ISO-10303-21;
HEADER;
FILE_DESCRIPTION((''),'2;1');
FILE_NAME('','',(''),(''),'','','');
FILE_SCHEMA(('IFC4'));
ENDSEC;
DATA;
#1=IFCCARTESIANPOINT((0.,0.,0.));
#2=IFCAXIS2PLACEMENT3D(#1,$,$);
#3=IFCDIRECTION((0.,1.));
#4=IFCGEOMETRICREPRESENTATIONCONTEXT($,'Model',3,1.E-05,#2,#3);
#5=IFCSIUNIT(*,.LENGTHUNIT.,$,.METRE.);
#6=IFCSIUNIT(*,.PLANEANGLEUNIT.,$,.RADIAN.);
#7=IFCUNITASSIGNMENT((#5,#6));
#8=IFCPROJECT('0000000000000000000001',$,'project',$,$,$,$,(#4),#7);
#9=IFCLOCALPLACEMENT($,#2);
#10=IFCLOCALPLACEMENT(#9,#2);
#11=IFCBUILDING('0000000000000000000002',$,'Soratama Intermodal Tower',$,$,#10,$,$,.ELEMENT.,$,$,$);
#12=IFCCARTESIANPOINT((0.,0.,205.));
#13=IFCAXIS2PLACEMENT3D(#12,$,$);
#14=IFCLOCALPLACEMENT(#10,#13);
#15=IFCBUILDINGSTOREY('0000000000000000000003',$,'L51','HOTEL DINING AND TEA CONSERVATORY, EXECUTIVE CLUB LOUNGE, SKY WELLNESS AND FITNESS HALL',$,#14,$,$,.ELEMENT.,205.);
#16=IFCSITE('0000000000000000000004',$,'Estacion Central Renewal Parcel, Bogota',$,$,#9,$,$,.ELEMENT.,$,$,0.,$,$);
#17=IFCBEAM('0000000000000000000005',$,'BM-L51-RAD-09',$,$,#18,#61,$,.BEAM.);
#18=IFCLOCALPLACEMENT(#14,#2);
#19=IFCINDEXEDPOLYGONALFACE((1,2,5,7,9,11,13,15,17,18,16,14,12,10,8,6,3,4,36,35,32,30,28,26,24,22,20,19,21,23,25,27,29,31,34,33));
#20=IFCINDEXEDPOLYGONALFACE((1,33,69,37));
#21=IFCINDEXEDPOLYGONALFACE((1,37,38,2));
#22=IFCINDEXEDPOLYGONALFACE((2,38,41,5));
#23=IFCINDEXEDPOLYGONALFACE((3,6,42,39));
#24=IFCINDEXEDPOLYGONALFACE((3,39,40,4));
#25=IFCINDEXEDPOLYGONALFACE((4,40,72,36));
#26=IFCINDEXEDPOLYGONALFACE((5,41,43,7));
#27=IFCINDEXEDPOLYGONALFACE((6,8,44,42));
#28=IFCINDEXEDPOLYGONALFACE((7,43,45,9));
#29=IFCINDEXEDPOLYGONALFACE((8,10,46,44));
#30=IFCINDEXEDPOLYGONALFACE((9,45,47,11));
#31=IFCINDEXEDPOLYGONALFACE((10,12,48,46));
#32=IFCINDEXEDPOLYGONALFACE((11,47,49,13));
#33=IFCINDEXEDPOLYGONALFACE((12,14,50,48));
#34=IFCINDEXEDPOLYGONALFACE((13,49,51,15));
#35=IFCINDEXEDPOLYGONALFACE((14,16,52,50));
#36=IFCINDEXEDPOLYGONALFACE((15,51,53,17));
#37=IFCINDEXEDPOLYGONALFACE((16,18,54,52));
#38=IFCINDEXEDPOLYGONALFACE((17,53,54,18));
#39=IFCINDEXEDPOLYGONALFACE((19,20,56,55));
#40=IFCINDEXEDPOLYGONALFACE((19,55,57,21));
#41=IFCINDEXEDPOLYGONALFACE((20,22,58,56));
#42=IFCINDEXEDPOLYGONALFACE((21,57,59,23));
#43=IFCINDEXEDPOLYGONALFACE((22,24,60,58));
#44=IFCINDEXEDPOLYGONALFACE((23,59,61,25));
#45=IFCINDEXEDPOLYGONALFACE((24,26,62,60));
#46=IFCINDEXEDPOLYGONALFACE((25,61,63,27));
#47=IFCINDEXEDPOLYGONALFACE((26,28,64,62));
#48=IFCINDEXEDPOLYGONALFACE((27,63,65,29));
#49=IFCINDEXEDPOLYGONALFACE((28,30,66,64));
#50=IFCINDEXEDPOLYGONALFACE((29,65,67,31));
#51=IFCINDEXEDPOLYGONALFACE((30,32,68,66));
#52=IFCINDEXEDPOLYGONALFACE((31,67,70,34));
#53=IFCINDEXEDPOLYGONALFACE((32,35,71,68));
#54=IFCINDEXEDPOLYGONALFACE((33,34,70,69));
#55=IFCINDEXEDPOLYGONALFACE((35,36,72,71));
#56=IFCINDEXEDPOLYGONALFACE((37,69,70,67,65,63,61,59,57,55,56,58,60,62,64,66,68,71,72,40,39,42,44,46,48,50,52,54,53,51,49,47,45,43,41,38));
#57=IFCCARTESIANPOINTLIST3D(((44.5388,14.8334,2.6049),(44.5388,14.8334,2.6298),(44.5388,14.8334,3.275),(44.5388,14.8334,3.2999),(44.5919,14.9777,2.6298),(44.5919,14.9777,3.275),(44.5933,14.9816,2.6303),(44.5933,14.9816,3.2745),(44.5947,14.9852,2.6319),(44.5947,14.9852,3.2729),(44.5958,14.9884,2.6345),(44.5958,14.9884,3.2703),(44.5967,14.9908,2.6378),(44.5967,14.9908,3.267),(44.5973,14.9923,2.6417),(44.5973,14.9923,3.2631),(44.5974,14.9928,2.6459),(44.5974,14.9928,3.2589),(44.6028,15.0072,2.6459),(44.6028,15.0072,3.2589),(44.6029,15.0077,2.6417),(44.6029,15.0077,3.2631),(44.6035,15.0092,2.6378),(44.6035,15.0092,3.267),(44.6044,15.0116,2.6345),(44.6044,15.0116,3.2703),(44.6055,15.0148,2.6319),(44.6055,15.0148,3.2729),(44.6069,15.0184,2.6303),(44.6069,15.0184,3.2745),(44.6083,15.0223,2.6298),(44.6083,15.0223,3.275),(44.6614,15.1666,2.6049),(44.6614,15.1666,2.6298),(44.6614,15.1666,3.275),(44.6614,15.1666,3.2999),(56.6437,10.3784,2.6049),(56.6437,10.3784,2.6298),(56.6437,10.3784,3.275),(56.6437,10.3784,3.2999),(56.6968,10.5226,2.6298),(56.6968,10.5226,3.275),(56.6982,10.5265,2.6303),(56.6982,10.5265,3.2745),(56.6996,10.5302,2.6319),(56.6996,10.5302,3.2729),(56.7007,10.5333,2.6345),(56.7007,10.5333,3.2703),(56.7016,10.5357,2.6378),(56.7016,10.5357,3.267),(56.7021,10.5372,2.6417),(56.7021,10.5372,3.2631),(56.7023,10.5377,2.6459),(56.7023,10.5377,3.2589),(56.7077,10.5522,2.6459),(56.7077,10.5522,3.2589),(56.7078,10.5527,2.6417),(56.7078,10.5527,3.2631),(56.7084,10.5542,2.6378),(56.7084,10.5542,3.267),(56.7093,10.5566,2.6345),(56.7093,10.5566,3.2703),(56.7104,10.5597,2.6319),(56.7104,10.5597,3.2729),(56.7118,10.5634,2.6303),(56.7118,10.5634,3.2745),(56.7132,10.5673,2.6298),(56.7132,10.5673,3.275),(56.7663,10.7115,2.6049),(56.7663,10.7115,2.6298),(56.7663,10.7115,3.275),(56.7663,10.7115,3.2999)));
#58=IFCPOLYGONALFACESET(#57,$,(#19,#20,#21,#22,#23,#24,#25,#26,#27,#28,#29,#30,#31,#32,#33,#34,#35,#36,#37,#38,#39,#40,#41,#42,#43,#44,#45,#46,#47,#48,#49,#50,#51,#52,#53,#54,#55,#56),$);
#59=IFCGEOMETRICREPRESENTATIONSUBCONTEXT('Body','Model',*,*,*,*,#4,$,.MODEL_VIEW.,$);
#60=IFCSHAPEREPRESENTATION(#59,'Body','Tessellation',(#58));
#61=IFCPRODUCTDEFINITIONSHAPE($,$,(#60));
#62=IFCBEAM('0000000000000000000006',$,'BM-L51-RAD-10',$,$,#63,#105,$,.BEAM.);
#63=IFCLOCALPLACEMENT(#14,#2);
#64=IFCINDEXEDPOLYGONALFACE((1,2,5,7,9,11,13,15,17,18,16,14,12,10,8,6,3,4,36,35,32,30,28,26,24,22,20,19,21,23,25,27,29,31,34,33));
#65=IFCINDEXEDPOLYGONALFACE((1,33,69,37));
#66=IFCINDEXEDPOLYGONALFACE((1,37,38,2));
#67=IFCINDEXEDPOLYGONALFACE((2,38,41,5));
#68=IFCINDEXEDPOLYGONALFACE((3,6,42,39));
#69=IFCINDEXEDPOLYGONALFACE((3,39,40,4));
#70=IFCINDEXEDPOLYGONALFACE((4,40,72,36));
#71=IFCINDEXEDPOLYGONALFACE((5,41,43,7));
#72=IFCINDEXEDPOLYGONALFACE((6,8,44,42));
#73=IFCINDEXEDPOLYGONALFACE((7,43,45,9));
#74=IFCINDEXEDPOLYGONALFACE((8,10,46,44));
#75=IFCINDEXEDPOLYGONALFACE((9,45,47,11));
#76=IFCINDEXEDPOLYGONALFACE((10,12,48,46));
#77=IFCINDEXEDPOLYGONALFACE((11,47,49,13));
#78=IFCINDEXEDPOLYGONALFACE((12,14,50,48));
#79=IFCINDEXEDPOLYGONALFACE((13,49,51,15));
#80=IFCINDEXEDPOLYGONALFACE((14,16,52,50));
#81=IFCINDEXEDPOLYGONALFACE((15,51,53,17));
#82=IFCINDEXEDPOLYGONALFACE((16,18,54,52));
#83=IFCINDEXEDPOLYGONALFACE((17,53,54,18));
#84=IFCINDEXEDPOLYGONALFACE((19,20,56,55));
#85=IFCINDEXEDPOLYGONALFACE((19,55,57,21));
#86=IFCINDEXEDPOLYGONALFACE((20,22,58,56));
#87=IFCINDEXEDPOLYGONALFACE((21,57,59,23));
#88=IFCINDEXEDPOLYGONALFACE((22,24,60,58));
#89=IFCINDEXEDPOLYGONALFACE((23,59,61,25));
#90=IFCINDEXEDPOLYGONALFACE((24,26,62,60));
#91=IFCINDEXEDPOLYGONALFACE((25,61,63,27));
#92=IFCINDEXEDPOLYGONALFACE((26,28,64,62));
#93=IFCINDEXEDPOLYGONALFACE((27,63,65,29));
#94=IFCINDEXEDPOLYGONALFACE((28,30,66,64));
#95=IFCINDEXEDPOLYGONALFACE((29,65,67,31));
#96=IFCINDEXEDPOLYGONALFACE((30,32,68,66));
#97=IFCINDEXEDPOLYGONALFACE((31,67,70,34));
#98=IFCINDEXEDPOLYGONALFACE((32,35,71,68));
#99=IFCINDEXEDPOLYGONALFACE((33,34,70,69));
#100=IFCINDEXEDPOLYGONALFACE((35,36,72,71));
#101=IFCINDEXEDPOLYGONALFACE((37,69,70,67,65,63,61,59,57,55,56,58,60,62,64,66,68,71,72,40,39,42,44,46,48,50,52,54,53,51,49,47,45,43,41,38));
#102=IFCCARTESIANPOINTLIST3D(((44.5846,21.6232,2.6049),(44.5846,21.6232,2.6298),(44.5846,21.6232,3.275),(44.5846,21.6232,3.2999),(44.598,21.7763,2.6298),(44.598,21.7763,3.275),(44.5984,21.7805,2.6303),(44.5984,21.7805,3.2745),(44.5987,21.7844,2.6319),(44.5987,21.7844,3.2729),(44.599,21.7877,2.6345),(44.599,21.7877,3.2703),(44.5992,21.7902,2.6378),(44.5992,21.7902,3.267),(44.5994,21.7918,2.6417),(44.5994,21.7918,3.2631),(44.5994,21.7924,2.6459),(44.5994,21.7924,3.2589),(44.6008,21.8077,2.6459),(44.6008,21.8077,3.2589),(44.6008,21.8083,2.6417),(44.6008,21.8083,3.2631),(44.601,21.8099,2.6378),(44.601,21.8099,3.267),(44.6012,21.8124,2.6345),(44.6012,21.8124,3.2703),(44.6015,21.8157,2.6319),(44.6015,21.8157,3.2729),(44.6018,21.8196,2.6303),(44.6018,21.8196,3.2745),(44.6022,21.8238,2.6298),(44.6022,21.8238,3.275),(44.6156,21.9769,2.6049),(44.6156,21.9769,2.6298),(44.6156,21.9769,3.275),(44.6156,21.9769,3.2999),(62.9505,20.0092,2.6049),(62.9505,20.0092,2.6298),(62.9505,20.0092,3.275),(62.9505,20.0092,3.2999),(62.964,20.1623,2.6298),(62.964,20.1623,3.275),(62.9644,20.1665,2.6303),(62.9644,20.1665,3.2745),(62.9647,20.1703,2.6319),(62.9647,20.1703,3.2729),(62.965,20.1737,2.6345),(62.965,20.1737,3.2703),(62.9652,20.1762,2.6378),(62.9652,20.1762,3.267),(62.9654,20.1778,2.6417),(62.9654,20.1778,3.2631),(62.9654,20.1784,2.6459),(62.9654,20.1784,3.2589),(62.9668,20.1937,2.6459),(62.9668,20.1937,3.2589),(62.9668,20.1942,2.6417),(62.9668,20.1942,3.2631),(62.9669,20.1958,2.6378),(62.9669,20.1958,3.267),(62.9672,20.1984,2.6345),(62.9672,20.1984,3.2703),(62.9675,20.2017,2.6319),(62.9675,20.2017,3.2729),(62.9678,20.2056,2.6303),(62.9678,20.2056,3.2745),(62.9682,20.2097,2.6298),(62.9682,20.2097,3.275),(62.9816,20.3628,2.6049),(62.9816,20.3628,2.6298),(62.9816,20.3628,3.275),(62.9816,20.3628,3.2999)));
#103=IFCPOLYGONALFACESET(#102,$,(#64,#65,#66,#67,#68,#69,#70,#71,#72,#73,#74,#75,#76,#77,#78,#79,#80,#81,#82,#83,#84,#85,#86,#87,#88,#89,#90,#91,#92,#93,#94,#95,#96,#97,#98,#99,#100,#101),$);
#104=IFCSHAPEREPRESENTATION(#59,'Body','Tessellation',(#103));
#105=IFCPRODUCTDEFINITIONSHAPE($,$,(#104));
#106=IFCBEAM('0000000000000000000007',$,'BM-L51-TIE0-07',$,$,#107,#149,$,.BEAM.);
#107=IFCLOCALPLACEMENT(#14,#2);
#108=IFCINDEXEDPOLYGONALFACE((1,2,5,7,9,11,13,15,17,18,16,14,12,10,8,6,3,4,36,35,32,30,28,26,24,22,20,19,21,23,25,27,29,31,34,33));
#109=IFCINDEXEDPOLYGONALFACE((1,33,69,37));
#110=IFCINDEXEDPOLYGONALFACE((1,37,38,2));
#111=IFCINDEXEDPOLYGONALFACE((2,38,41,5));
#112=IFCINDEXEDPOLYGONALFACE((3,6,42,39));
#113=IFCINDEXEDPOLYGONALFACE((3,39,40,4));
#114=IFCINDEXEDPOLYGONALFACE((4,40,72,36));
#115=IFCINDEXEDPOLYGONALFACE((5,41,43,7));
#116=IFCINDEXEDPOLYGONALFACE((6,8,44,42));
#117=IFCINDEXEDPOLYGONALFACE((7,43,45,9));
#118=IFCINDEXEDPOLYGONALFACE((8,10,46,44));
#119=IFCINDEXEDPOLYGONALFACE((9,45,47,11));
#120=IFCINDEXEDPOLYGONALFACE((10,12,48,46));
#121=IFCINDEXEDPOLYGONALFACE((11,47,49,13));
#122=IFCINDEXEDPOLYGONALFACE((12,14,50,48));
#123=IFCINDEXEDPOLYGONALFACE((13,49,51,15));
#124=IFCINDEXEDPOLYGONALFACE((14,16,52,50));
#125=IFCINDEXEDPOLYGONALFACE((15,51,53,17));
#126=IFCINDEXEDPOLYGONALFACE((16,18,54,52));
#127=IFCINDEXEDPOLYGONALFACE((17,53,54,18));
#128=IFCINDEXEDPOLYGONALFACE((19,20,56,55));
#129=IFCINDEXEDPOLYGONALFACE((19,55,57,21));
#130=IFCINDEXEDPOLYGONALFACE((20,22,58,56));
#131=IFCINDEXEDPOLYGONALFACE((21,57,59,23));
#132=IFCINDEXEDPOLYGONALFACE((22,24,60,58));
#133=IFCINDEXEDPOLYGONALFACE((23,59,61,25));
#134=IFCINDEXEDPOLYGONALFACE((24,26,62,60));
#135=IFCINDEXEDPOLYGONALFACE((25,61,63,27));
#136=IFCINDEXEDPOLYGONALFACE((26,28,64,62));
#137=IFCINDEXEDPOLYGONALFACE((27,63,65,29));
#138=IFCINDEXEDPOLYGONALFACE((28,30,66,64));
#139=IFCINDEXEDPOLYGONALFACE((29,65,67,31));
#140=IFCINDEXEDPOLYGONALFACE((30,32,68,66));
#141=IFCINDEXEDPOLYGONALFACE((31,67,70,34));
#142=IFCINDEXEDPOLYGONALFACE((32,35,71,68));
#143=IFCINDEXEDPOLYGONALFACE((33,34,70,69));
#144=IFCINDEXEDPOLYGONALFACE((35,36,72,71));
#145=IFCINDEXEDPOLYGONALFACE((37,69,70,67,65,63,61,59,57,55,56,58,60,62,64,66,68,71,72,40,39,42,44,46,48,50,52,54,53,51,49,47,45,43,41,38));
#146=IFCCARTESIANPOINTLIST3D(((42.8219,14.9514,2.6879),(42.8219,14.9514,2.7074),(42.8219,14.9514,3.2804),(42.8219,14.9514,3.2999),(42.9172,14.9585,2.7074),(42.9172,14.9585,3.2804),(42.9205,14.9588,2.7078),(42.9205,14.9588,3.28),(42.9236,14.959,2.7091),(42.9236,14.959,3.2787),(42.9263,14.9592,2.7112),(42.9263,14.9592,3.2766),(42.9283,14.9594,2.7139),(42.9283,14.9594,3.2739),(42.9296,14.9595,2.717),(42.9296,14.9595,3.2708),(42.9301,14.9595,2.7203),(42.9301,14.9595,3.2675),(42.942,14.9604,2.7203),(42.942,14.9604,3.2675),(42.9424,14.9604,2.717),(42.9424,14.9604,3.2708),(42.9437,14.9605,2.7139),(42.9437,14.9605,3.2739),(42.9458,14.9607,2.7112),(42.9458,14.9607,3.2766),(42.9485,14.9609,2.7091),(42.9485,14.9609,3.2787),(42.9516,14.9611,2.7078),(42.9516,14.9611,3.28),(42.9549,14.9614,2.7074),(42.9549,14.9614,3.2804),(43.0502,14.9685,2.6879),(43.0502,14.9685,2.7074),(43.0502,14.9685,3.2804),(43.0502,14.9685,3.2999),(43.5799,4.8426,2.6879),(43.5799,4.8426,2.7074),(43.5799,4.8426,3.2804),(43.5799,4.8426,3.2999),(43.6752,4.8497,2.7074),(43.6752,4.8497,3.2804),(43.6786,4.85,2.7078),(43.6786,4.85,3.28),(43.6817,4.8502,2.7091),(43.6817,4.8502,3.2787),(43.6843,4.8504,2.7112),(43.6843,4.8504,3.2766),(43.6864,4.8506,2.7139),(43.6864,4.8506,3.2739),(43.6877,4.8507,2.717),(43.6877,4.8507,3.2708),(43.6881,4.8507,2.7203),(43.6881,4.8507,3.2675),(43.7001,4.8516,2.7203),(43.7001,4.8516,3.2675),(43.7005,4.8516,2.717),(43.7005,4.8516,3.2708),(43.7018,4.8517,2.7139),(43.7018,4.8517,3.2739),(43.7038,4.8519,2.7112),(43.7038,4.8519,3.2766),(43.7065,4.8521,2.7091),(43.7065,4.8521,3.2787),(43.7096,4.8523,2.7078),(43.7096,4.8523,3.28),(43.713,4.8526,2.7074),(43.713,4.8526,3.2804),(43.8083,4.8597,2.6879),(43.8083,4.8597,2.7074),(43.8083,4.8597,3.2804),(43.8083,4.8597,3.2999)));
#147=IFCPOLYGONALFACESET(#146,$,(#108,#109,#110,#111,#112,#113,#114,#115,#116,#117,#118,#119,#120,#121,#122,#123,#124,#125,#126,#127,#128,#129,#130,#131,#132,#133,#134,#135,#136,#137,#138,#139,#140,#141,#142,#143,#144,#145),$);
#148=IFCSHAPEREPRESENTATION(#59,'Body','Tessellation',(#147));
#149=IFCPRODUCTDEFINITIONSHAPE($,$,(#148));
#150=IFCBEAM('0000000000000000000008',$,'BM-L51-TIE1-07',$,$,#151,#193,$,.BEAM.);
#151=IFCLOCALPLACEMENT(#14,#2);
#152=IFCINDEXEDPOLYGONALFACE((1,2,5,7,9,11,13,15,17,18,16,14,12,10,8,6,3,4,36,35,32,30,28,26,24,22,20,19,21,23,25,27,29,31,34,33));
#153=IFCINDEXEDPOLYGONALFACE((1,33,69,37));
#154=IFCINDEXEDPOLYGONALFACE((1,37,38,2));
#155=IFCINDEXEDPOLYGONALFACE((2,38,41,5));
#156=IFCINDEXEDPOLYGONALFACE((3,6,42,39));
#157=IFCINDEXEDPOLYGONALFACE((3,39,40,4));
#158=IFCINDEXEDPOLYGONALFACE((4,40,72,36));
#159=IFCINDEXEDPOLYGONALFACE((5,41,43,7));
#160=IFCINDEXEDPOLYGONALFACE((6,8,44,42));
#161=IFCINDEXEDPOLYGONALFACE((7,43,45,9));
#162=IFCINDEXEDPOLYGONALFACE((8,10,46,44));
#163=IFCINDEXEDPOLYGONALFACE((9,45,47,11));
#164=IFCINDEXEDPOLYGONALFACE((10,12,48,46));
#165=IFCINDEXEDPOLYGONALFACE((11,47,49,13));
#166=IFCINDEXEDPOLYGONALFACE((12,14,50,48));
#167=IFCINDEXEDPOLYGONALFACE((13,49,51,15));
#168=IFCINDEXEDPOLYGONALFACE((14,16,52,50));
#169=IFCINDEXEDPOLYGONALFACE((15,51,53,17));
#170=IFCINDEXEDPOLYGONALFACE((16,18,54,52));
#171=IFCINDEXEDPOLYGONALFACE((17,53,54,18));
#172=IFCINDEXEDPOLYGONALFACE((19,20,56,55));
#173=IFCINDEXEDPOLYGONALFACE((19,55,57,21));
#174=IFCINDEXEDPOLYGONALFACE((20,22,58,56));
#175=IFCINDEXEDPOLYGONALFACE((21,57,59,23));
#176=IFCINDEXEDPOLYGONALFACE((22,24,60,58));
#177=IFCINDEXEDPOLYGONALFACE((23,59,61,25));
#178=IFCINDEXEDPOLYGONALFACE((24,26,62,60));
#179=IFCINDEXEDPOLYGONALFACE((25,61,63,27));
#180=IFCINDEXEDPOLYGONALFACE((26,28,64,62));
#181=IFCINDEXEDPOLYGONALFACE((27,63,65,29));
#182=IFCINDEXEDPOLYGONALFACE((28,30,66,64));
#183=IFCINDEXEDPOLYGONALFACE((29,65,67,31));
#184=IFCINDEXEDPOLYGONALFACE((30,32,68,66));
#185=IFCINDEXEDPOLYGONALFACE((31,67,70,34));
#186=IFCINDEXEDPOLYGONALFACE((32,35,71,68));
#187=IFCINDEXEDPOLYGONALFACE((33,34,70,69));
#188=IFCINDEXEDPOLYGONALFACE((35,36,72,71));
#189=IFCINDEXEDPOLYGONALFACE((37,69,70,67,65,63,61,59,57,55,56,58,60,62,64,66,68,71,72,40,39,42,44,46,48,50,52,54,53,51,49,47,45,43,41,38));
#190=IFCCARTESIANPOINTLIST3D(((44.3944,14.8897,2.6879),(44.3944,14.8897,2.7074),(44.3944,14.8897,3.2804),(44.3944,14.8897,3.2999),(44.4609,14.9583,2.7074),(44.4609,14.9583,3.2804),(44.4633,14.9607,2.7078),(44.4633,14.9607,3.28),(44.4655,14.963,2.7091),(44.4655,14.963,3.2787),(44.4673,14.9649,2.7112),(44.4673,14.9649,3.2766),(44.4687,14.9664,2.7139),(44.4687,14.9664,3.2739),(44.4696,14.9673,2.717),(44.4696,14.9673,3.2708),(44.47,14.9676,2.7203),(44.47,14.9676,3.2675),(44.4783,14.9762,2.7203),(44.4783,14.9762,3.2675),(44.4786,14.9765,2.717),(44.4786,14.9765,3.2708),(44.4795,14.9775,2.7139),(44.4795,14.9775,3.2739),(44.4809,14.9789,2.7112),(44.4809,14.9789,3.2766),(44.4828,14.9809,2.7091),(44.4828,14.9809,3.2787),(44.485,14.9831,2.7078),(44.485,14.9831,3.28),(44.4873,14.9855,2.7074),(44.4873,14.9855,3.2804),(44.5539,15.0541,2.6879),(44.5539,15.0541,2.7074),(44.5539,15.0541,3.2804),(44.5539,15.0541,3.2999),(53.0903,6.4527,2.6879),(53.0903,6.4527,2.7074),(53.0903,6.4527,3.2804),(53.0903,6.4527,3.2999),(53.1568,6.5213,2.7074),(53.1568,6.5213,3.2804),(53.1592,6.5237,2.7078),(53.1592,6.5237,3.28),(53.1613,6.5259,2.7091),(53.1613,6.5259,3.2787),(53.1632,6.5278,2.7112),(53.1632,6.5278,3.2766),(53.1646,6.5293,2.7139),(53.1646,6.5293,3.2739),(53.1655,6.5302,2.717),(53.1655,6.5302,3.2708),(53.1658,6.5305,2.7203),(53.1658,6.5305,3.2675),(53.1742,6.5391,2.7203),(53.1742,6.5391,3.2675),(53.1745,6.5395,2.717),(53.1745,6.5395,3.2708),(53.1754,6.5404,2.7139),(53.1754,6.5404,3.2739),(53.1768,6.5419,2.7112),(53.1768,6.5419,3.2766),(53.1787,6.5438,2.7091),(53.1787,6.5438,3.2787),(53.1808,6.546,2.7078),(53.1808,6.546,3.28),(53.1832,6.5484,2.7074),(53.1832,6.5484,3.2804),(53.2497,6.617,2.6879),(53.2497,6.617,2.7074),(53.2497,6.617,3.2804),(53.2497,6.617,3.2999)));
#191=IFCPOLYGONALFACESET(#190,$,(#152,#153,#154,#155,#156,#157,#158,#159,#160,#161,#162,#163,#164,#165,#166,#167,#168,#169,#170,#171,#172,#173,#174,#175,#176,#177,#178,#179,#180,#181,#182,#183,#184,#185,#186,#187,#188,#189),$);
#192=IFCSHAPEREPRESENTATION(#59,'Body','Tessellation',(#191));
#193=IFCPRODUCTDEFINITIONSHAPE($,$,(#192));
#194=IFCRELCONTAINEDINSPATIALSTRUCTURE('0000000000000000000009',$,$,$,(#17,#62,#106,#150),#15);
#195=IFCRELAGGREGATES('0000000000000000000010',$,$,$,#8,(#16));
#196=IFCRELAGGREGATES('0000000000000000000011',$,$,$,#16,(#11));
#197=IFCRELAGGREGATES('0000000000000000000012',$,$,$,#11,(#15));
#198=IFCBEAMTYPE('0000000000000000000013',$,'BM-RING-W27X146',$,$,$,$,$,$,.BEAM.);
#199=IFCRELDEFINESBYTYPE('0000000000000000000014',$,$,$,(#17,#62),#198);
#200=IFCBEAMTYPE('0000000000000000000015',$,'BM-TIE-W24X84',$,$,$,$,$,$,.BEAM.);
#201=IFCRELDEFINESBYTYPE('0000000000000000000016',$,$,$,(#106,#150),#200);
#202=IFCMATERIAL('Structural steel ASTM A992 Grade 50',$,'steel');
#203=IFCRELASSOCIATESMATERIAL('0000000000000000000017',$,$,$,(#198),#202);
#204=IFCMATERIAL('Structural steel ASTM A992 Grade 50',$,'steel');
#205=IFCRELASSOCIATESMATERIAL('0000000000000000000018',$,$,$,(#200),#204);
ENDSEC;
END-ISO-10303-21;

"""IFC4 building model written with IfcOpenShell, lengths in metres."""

from ifc_helpers import new_model, si_unit, direction, frame, origin, origin_2d, place, context, subcontext, project, spatial, i_section, extrude, material, material_profile, profile_set, type_object, element, save


model = new_model("IFC4")

# Units and contexts
model_context = context("Model", 3, precision=1e-05, world=origin(), true_north=direction((0.0, 1.0)))
body_context = subcontext(model_context, "Body", "Model", "MODEL_VIEW")
ifc_project = project(units=[si_unit("LENGTHUNIT", "METRE"), si_unit("PLANEANGLEUNIT", "RADIAN")], contexts=[model_context])

# Site, building, storey
site_placement = place(None, origin())
site = spatial("IfcSite", under=ifc_project, at=site_placement, Name="Estacion Central Renewal Parcel, Bogota", CompositionType="ELEMENT", RefElevation=0.0)
building_placement = place(site_placement, origin())
building = spatial("IfcBuilding", under=site, at=building_placement, Name="Soratama Intermodal Tower", CompositionType="ELEMENT")
storey_placement = place(building_placement, frame((0.0, 0.0, 205.0)))
storey = spatial("IfcBuildingStorey", under=building, at=storey_placement, Name="L51", Description="HOTEL DINING AND TEA CONSERVATORY, EXECUTIVE CLUB LOUNGE, SKY WELLNESS AND FITNESS HALL", CompositionType="ELEMENT", Elevation=205.0)

# Beams
ifc_material_1 = material(Name="Structural steel ASTM A992 Grade 50", Category="steel")
ifc_material_profile_1 = material_profile(ifc_material_1, i_section(OverallWidth=0.355, OverallDepth=0.6951, WebThickness=0.0154, FlangeThickness=0.0249, FilletRadius=0.0161, at=origin_2d()), Name="W27X146")
ifc_profile_set_1 = profile_set([ifc_material_profile_1], Name="Structural steel ASTM A992 Grade 50")
beam_type_1 = type_object("IfcBeamType", Name="BM-RING-W27X146", PredefinedType="BEAM", material=ifc_profile_set_1)
beam_1_placement = place(storey_placement, frame((44.6001, 15.0, 2.9524), z_axis=(0.93846, -0.345388, 0.0), x_axis=(0.345388, 0.93846, 0.0)))
element("IfcBeam", 1, at=beam_1_placement, inside=storey, type_object=beam_type_1, Name="BM-L51-RAD-09", PredefinedType="BEAM", context=body_context, shape_type="SweptSolid", body=[
    extrude(i_section(OverallWidth=0.355, OverallDepth=0.6951, WebThickness=0.0154, FlangeThickness=0.0249, FilletRadius=0.0161, at=origin_2d()), origin(), (0.0, 0.0, 1.0), 12.8987),
])
beam_2_placement = place(storey_placement, frame((44.6001, 21.8, 2.9524), z_axis=(0.996161, -0.087543, 0.0), x_axis=(0.087543, 0.996161, 0.0)))
element("IfcBeam", 2, at=beam_2_placement, inside=storey, type_object=beam_type_1, Name="BM-L51-RAD-10", PredefinedType="BEAM", context=body_context, shape_type="SweptSolid", body=[
    extrude(i_section(OverallWidth=0.355, OverallDepth=0.6951, WebThickness=0.0154, FlangeThickness=0.0249, FilletRadius=0.0161, at=origin_2d()), origin(), (0.0, 0.0, 1.0), 18.4368),
])
ifc_material_2 = material(Name="Structural steel ASTM A992 Grade 50", Category="steel")
ifc_material_profile_2 = material_profile(ifc_material_2, i_section(OverallWidth=0.229, OverallDepth=0.6121, WebThickness=0.012, FlangeThickness=0.0195, FilletRadius=0.0129, at=origin_2d()), Name="W24X84")
ifc_profile_set_2 = profile_set([ifc_material_profile_2], Name="Structural steel ASTM A992 Grade 50")
beam_type_2 = type_object("IfcBeamType", Name="BM-TIE-W24X84", PredefinedType="BEAM", material=ifc_profile_set_2)
beam_3_placement = place(storey_placement, frame((42.936, 14.96, 2.9939), z_axis=(0.074779, -0.9972, 0.0), x_axis=(0.9972, 0.074779, 0.0)))
element("IfcBeam", 3, at=beam_3_placement, inside=storey, type_object=beam_type_2, Name="BM-L51-TIE0-07", PredefinedType="BEAM", context=body_context, shape_type="SweptSolid", body=[
    extrude(i_section(OverallWidth=0.229, OverallDepth=0.6121, WebThickness=0.012, FlangeThickness=0.0195, FilletRadius=0.0129, at=origin_2d()), origin(), (0.0, 0.0, 1.0), 10.1372),
])
beam_4_placement = place(storey_placement, frame((44.4741, 14.9719, 2.9939), z_axis=(0.717706, -0.696347, 0.0), x_axis=(0.696347, 0.717706, 0.0)))
element("IfcBeam", 4, at=beam_4_placement, inside=storey, type_object=beam_type_2, Name="BM-L51-TIE1-07", PredefinedType="BEAM", context=body_context, shape_type="SweptSolid", body=[
    extrude(i_section(OverallWidth=0.229, OverallDepth=0.6121, WebThickness=0.012, FlangeThickness=0.0195, FilletRadius=0.0129, at=origin_2d()), origin(), (0.0, 0.0, 1.0), 12.1162),
])

save(model, "model.ifc")
